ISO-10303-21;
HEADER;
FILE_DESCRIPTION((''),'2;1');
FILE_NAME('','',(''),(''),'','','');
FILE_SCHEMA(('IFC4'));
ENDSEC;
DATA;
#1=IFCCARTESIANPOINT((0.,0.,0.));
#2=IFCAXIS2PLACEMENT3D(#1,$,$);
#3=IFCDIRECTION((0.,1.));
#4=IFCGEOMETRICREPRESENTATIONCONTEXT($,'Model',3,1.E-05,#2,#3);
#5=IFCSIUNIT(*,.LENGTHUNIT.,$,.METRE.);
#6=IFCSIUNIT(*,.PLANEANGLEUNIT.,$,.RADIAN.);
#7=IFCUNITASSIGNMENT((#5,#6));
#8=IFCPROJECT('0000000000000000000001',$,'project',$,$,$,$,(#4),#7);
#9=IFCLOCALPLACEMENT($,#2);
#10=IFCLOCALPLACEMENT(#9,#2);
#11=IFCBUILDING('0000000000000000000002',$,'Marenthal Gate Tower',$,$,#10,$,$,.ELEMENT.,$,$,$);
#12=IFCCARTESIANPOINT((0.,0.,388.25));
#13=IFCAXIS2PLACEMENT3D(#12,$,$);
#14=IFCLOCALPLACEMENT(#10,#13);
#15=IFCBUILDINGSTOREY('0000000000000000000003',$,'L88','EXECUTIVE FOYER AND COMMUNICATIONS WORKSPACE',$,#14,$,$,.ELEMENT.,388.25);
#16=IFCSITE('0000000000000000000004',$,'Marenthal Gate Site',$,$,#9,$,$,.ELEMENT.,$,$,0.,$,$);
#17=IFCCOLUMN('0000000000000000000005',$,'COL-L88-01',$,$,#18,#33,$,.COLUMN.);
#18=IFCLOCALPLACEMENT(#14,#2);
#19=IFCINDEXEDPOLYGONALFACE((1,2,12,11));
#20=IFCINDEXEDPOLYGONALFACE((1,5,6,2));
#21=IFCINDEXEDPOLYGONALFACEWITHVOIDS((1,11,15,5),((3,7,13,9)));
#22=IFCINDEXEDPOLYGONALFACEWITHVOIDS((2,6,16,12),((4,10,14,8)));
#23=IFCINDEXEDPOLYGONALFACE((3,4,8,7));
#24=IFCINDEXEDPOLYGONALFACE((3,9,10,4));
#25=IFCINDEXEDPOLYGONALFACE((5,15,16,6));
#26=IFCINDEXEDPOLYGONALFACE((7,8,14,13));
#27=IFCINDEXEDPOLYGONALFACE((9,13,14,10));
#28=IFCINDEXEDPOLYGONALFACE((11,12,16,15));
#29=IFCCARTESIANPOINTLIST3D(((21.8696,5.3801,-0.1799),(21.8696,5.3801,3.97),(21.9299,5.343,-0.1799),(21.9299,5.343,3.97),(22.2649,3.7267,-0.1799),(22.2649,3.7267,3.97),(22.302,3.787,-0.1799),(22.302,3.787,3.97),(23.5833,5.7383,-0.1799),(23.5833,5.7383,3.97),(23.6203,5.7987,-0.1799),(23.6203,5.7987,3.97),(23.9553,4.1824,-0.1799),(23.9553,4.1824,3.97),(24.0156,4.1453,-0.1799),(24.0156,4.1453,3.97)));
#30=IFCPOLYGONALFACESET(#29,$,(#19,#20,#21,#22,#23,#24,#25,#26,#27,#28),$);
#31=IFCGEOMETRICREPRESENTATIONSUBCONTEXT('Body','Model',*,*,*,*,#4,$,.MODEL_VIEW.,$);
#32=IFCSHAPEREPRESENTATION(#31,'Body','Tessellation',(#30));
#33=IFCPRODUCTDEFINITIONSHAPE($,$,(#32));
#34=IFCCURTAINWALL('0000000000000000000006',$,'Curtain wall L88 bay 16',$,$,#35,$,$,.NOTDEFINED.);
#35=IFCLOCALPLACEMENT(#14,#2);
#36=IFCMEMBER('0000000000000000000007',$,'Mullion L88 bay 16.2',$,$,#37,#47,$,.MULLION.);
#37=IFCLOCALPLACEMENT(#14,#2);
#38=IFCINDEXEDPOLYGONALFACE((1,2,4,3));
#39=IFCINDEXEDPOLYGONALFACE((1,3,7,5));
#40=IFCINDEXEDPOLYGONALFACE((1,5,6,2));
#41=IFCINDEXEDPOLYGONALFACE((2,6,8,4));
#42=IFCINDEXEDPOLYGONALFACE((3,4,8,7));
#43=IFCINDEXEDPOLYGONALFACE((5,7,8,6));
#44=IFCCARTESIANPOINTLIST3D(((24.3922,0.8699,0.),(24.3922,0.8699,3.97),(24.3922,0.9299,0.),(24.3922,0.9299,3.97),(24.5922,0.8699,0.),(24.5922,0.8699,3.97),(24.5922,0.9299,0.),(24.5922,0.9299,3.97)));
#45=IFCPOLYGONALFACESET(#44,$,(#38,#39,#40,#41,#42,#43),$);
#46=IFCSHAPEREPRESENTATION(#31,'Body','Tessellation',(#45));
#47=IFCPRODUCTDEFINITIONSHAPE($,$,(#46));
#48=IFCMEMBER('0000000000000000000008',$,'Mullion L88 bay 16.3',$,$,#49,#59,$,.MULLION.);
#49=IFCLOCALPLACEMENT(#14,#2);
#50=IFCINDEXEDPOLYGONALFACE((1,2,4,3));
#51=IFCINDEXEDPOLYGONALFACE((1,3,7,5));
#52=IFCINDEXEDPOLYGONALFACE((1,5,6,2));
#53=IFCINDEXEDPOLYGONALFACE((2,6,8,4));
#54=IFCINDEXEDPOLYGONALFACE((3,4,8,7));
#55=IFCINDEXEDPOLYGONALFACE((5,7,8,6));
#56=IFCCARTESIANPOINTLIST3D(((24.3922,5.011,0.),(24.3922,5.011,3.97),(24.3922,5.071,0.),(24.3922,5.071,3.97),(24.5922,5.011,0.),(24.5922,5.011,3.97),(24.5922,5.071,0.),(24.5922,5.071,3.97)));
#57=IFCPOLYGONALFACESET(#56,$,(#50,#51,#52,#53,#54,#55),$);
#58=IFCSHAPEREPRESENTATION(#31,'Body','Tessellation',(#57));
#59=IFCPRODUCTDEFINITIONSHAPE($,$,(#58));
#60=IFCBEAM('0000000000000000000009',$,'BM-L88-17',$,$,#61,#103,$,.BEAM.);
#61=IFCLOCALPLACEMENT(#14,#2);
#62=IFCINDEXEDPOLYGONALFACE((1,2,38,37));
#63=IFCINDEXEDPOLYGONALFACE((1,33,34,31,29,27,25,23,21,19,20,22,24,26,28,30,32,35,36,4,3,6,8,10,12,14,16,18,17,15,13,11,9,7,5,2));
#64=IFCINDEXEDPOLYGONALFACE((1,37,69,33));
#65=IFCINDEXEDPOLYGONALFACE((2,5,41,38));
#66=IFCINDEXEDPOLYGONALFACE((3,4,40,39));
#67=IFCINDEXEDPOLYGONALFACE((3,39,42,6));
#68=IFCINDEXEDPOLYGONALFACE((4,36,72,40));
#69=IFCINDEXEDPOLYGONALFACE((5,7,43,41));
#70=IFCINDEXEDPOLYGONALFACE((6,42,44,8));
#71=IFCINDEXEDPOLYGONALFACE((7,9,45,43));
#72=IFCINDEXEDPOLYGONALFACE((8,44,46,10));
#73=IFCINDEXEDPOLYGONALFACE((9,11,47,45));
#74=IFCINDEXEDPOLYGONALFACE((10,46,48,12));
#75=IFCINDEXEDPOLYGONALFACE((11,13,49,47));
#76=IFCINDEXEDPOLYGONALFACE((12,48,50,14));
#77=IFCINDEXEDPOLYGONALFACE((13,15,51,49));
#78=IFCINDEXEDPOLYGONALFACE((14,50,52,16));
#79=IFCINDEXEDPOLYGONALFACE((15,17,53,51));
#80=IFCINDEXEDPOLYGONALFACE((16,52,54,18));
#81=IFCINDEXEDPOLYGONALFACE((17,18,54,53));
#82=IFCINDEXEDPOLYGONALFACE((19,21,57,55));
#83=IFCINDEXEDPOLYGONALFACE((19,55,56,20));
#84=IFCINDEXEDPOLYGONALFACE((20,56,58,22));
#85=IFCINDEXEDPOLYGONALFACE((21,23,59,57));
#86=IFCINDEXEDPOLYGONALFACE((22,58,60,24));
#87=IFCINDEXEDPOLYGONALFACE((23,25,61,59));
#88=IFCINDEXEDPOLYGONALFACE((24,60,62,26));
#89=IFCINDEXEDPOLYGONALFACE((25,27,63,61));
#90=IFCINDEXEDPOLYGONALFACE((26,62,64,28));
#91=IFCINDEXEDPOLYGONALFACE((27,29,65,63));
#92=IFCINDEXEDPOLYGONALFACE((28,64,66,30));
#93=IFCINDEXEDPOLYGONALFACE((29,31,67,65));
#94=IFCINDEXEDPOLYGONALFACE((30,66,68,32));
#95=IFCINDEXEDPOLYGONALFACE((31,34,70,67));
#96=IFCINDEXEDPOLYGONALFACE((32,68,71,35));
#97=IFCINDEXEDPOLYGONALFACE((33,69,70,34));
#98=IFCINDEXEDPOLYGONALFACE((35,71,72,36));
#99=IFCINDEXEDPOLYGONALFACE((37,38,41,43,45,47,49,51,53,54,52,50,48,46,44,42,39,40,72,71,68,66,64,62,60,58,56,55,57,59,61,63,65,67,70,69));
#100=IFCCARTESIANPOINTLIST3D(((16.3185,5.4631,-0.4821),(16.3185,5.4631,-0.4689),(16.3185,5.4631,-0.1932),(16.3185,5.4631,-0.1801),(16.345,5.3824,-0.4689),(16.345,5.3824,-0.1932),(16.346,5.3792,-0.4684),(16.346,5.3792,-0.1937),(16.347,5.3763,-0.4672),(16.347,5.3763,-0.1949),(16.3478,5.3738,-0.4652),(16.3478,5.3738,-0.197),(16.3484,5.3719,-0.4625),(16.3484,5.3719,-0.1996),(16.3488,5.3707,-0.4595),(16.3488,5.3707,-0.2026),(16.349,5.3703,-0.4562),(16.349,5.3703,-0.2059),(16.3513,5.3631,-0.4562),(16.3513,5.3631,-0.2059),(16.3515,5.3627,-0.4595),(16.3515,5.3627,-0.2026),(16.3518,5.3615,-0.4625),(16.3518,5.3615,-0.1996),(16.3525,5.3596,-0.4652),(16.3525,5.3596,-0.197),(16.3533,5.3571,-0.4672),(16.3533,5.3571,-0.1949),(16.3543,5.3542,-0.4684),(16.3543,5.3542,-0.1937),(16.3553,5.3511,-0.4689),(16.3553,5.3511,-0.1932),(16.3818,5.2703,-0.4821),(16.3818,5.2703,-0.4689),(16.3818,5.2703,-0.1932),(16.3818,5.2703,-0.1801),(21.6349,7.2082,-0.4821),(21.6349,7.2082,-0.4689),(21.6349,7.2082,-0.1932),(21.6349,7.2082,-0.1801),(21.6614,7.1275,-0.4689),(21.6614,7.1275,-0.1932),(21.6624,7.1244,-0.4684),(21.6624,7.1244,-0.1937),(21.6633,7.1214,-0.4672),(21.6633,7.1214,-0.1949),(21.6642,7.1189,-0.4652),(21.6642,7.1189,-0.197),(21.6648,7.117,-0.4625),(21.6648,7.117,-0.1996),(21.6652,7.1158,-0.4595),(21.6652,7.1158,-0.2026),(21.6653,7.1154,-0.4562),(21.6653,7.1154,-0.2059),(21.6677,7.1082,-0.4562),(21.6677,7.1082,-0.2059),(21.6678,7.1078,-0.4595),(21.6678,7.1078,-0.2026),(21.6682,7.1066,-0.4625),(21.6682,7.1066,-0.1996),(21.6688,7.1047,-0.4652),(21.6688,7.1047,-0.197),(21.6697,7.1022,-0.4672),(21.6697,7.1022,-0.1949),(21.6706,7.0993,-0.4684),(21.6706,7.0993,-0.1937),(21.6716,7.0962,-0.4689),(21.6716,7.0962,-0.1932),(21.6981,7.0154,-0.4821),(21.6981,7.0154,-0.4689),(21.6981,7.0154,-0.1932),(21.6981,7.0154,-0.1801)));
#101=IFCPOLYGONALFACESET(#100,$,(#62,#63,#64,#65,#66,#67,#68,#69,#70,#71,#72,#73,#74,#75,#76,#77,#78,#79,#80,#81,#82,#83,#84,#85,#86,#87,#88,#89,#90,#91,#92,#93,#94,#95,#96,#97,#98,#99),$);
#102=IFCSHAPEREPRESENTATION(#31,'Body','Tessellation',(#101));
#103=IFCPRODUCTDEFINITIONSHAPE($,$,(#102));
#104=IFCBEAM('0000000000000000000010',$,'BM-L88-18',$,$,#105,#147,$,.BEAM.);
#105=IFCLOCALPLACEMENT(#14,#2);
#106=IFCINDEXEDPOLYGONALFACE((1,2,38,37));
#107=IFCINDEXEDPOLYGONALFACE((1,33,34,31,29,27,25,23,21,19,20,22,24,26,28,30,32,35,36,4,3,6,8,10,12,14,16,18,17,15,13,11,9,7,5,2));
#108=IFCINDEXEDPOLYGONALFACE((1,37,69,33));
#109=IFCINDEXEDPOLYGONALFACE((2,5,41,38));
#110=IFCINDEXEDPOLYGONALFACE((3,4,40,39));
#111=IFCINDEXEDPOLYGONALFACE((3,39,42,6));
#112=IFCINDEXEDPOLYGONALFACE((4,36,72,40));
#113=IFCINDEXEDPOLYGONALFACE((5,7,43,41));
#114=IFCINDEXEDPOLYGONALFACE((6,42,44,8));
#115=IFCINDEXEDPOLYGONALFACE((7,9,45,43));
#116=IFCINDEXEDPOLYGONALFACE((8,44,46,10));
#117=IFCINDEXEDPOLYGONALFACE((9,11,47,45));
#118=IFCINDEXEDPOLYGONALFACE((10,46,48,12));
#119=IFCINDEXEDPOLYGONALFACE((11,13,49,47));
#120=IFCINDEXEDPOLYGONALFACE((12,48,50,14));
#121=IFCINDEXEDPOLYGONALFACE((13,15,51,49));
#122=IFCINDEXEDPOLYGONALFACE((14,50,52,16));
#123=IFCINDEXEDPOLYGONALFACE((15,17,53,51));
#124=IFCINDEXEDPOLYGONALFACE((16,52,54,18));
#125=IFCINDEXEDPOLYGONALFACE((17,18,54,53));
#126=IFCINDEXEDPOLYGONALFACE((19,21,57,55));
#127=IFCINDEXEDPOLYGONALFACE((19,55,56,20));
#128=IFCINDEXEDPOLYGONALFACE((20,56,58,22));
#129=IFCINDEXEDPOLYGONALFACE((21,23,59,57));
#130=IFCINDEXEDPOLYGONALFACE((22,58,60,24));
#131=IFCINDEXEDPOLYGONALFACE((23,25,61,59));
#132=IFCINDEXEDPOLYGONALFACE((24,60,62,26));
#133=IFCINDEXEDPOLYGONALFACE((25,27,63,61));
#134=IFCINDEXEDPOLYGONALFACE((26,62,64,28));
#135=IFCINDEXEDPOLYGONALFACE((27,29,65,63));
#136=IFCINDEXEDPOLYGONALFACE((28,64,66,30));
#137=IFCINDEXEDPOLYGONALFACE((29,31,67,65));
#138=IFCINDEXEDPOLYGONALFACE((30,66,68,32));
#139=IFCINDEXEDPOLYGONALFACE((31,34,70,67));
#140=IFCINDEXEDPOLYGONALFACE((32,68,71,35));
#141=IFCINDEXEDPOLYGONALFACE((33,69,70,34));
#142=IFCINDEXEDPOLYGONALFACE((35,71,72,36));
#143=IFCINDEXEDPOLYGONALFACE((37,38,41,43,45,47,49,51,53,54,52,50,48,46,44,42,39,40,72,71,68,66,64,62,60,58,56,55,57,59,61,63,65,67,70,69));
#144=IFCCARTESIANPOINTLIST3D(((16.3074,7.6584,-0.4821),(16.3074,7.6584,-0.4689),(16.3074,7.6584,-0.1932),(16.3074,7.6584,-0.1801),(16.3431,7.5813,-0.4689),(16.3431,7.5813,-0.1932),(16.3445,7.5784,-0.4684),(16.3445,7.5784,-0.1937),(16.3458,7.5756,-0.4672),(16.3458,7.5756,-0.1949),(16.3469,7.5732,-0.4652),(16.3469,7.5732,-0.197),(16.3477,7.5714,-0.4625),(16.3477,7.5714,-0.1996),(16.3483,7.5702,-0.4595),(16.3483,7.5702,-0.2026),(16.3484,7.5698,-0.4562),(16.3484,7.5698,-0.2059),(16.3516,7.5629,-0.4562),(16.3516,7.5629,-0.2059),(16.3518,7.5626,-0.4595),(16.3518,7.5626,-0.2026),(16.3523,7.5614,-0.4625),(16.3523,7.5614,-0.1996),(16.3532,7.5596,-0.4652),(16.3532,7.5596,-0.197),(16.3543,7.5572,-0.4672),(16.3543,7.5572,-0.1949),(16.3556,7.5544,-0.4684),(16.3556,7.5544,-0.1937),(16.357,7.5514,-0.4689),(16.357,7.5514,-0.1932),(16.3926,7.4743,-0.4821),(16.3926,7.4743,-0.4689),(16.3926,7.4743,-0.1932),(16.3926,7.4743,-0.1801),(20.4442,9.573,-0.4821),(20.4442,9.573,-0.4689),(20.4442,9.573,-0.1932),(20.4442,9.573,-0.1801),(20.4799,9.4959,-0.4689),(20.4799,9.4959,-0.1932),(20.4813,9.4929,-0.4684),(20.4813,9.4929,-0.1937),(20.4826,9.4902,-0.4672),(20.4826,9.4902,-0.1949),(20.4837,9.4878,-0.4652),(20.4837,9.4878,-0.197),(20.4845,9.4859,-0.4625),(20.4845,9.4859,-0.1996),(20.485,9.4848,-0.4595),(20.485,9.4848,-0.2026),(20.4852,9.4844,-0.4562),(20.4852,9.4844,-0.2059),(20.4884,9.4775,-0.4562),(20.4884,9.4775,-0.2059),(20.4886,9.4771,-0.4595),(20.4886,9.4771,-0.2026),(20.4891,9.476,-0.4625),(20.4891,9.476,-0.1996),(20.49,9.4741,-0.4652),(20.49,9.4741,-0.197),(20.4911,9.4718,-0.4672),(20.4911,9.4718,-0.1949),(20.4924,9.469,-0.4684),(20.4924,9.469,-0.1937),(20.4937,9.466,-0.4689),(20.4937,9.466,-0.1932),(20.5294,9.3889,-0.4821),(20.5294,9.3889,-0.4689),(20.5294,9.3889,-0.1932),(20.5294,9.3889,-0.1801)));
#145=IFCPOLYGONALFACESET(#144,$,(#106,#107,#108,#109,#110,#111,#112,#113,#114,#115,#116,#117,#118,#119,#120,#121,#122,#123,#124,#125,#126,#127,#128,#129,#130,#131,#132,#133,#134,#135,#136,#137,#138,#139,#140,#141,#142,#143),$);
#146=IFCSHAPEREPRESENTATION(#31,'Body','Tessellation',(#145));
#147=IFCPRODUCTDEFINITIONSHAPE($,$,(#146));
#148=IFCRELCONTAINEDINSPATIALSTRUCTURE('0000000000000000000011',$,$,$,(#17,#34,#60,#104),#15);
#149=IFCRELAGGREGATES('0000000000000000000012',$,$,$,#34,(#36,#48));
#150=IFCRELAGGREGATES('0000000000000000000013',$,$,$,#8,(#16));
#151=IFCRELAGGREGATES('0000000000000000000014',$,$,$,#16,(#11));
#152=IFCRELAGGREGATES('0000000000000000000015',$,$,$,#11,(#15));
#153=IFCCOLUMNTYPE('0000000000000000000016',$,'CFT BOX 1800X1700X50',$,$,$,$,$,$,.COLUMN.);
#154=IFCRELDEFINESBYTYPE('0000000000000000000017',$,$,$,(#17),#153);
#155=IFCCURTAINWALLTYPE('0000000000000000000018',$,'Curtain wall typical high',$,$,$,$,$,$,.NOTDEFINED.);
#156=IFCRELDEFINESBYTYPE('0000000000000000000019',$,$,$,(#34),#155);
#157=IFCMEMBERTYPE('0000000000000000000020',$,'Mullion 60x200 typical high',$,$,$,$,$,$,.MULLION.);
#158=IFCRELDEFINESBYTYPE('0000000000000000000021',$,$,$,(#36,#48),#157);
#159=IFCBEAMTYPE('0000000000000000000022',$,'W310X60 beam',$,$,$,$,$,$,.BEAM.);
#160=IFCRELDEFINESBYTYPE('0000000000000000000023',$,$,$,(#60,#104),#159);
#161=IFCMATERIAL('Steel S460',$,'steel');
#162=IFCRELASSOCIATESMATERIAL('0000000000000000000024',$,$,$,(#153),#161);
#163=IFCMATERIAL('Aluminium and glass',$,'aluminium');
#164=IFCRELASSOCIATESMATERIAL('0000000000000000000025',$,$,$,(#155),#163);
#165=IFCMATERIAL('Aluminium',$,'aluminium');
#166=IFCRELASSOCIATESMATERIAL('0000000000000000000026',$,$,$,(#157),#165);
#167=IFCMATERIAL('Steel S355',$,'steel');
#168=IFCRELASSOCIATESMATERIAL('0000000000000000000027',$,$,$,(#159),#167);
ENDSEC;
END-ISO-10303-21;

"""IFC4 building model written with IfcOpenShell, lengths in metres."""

from ifc_helpers import new_model, si_unit, direction, frame, origin, origin_2d, place, context, subcontext, project, spatial, rectangle, hollow_rectangle, i_section, extrude, material, material_profile, profile_set, type_object, element, aggregate, save


model = new_model("IFC4")

# Units and contexts
model_context = context("Model", 3, precision=1e-05, world=origin(), true_north=direction((0.0, 1.0)))
body_context = subcontext(model_context, "Body", "Model", "MODEL_VIEW")
ifc_project = project(units=[si_unit("LENGTHUNIT", "METRE"), si_unit("PLANEANGLEUNIT", "RADIAN")], contexts=[model_context])

# Site, building, storey
site_placement = place(None, origin())
site = spatial("IfcSite", under=ifc_project, at=site_placement, Name="Marenthal Gate Site", CompositionType="ELEMENT", RefElevation=0.0)
building_placement = place(site_placement, origin())
building = spatial("IfcBuilding", under=site, at=building_placement, Name="Marenthal Gate Tower", CompositionType="ELEMENT")
storey_placement = place(building_placement, frame((0.0, 0.0, 388.25)))
storey = spatial("IfcBuildingStorey", under=building, at=storey_placement, Name="L88", Description="EXECUTIVE FOYER AND COMMUNICATIONS WORKSPACE", CompositionType="ELEMENT", Elevation=388.25)

# Column
ifc_material_1 = material(Name="Steel S460", Category="steel")
ifc_material_profile_1 = material_profile(ifc_material_1, hollow_rectangle(XDim=1.7, YDim=1.8, WallThickness=0.05, at=origin_2d()), Name="CFT BOX 1800X1700X50")
ifc_material_2 = material(Name="Concrete 70 MPa", Category="concrete")
ifc_material_profile_2 = material_profile(ifc_material_2, rectangle(XDim=1.6001, YDim=1.7, at=origin_2d()), Name="CFT BOX 1800X1700X50 INFILL")
ifc_profile_set_1 = profile_set([ifc_material_profile_1, ifc_material_profile_2], Name="Steel S460 shell, Concrete 70 MPa infill")
column_type = type_object("IfcColumnType", Name="CFT BOX 1800X1700X50", PredefinedType="COLUMN", material=ifc_profile_set_1)
column_placement = place(storey_placement, frame((22.9426, 4.7627, -0.1799), z_axis=(0.0, 0.0, 1.0), x_axis=(0.232542, -0.972586, 0.0)))
element("IfcColumn", 1, at=column_placement, inside=storey, type_object=column_type, Name="COL-L88-01", PredefinedType="COLUMN", context=body_context, shape_type="SweptSolid", body=[
    extrude(hollow_rectangle(XDim=1.7, YDim=1.8, WallThickness=0.05, at=origin_2d()), origin(), (0.0, 0.0, 1.0), 4.1499),
])

# Curtain wall, members
ifc_material_3 = material(Name="Aluminium and glass", Category="aluminium")
curtain_wall_type = type_object("IfcCurtainWallType", Name="Curtain wall typical high", PredefinedType="NOTDEFINED", material=ifc_material_3)
curtain_wall_placement = place(storey_placement, origin())
curtain_wall = element("IfcCurtainWall", 2, at=curtain_wall_placement, inside=storey, type_object=curtain_wall_type, Name="Curtain wall L88 bay 16", PredefinedType="NOTDEFINED")
ifc_material_4 = material(Name="Aluminium", Category="aluminium")
ifc_material_profile_3 = material_profile(ifc_material_4, rectangle(XDim=0.2, YDim=0.0601, at=origin_2d()), Name="60x200 aluminium mullion")
ifc_profile_set_2 = profile_set([ifc_material_profile_3], Name="Aluminium")
member_type = type_object("IfcMemberType", Name="Mullion 60x200 typical high", PredefinedType="MULLION", material=ifc_profile_set_2)
member_1_placement = place(storey_placement, frame((24.4922, 0.8999, 0.0), z_axis=(0.0, 0.0, 1.0), x_axis=(-1.0, 0.0, 0.0)))
member_1 = element("IfcMember", 3, at=member_1_placement, type_object=member_type, Name="Mullion L88 bay 16.2", PredefinedType="MULLION", context=body_context, shape_type="SweptSolid", body=[
    extrude(rectangle(XDim=0.2, YDim=0.0601, at=origin_2d()), origin(), (0.0, 0.0, 1.0), 3.97),
])
member_2_placement = place(storey_placement, frame((24.4922, 5.041, 0.0), z_axis=(0.0, 0.0, 1.0), x_axis=(-1.0, 0.0, 0.0)))
member_2 = element("IfcMember", 4, at=member_2_placement, type_object=member_type, Name="Mullion L88 bay 16.3", PredefinedType="MULLION", context=body_context, shape_type="SweptSolid", body=[
    extrude(rectangle(XDim=0.2, YDim=0.0601, at=origin_2d()), origin(), (0.0, 0.0, 1.0), 3.97),
])

# Beams
ifc_material_5 = material(Name="Steel S355", Category="steel")
ifc_material_profile_4 = material_profile(ifc_material_5, i_section(OverallWidth=0.2029, OverallDepth=0.302, WebThickness=0.0076, FlangeThickness=0.0132, FilletRadius=0.0127, at=origin_2d()), Name="W310X60")
ifc_profile_set_3 = profile_set([ifc_material_profile_4], Name="Steel S355")
beam_type_1 = type_object("IfcBeamType", Name="W310X60 beam", PredefinedType="BEAM", material=ifc_profile_set_3)
beam_1_placement = place(storey_placement, frame((21.6665, 7.1118, -0.3311), z_axis=(-0.950122, -0.311879, 0.0), x_axis=(0.311879, -0.950122, 0.0)))
element("IfcBeam", 5, at=beam_1_placement, inside=storey, type_object=beam_type_1, Name="BM-L88-17", PredefinedType="BEAM", context=body_context, shape_type="SweptSolid", body=[
    extrude(i_section(OverallWidth=0.2029, OverallDepth=0.302, WebThickness=0.0076, FlangeThickness=0.0132, FilletRadius=0.0127, at=origin_2d()), origin(), (0.0, 0.0, 1.0), 5.5955),
])
beam_2_placement = place(storey_placement, frame((20.4868, 9.481, -0.3311), z_axis=(-0.907517, -0.420016, 0.0), x_axis=(0.420016, -0.907517, 0.0)))
element("IfcBeam", 6, at=beam_2_placement, inside=storey, type_object=beam_type_1, Name="BM-L88-18", PredefinedType="BEAM", context=body_context, shape_type="SweptSolid", body=[
    extrude(i_section(OverallWidth=0.2029, OverallDepth=0.302, WebThickness=0.0076, FlangeThickness=0.0132, FilletRadius=0.0127, at=origin_2d()), origin(), (0.0, 0.0, 1.0), 4.5583),
])

aggregate(curtain_wall, [member_1, member_2])

save(model, "model.ifc")
